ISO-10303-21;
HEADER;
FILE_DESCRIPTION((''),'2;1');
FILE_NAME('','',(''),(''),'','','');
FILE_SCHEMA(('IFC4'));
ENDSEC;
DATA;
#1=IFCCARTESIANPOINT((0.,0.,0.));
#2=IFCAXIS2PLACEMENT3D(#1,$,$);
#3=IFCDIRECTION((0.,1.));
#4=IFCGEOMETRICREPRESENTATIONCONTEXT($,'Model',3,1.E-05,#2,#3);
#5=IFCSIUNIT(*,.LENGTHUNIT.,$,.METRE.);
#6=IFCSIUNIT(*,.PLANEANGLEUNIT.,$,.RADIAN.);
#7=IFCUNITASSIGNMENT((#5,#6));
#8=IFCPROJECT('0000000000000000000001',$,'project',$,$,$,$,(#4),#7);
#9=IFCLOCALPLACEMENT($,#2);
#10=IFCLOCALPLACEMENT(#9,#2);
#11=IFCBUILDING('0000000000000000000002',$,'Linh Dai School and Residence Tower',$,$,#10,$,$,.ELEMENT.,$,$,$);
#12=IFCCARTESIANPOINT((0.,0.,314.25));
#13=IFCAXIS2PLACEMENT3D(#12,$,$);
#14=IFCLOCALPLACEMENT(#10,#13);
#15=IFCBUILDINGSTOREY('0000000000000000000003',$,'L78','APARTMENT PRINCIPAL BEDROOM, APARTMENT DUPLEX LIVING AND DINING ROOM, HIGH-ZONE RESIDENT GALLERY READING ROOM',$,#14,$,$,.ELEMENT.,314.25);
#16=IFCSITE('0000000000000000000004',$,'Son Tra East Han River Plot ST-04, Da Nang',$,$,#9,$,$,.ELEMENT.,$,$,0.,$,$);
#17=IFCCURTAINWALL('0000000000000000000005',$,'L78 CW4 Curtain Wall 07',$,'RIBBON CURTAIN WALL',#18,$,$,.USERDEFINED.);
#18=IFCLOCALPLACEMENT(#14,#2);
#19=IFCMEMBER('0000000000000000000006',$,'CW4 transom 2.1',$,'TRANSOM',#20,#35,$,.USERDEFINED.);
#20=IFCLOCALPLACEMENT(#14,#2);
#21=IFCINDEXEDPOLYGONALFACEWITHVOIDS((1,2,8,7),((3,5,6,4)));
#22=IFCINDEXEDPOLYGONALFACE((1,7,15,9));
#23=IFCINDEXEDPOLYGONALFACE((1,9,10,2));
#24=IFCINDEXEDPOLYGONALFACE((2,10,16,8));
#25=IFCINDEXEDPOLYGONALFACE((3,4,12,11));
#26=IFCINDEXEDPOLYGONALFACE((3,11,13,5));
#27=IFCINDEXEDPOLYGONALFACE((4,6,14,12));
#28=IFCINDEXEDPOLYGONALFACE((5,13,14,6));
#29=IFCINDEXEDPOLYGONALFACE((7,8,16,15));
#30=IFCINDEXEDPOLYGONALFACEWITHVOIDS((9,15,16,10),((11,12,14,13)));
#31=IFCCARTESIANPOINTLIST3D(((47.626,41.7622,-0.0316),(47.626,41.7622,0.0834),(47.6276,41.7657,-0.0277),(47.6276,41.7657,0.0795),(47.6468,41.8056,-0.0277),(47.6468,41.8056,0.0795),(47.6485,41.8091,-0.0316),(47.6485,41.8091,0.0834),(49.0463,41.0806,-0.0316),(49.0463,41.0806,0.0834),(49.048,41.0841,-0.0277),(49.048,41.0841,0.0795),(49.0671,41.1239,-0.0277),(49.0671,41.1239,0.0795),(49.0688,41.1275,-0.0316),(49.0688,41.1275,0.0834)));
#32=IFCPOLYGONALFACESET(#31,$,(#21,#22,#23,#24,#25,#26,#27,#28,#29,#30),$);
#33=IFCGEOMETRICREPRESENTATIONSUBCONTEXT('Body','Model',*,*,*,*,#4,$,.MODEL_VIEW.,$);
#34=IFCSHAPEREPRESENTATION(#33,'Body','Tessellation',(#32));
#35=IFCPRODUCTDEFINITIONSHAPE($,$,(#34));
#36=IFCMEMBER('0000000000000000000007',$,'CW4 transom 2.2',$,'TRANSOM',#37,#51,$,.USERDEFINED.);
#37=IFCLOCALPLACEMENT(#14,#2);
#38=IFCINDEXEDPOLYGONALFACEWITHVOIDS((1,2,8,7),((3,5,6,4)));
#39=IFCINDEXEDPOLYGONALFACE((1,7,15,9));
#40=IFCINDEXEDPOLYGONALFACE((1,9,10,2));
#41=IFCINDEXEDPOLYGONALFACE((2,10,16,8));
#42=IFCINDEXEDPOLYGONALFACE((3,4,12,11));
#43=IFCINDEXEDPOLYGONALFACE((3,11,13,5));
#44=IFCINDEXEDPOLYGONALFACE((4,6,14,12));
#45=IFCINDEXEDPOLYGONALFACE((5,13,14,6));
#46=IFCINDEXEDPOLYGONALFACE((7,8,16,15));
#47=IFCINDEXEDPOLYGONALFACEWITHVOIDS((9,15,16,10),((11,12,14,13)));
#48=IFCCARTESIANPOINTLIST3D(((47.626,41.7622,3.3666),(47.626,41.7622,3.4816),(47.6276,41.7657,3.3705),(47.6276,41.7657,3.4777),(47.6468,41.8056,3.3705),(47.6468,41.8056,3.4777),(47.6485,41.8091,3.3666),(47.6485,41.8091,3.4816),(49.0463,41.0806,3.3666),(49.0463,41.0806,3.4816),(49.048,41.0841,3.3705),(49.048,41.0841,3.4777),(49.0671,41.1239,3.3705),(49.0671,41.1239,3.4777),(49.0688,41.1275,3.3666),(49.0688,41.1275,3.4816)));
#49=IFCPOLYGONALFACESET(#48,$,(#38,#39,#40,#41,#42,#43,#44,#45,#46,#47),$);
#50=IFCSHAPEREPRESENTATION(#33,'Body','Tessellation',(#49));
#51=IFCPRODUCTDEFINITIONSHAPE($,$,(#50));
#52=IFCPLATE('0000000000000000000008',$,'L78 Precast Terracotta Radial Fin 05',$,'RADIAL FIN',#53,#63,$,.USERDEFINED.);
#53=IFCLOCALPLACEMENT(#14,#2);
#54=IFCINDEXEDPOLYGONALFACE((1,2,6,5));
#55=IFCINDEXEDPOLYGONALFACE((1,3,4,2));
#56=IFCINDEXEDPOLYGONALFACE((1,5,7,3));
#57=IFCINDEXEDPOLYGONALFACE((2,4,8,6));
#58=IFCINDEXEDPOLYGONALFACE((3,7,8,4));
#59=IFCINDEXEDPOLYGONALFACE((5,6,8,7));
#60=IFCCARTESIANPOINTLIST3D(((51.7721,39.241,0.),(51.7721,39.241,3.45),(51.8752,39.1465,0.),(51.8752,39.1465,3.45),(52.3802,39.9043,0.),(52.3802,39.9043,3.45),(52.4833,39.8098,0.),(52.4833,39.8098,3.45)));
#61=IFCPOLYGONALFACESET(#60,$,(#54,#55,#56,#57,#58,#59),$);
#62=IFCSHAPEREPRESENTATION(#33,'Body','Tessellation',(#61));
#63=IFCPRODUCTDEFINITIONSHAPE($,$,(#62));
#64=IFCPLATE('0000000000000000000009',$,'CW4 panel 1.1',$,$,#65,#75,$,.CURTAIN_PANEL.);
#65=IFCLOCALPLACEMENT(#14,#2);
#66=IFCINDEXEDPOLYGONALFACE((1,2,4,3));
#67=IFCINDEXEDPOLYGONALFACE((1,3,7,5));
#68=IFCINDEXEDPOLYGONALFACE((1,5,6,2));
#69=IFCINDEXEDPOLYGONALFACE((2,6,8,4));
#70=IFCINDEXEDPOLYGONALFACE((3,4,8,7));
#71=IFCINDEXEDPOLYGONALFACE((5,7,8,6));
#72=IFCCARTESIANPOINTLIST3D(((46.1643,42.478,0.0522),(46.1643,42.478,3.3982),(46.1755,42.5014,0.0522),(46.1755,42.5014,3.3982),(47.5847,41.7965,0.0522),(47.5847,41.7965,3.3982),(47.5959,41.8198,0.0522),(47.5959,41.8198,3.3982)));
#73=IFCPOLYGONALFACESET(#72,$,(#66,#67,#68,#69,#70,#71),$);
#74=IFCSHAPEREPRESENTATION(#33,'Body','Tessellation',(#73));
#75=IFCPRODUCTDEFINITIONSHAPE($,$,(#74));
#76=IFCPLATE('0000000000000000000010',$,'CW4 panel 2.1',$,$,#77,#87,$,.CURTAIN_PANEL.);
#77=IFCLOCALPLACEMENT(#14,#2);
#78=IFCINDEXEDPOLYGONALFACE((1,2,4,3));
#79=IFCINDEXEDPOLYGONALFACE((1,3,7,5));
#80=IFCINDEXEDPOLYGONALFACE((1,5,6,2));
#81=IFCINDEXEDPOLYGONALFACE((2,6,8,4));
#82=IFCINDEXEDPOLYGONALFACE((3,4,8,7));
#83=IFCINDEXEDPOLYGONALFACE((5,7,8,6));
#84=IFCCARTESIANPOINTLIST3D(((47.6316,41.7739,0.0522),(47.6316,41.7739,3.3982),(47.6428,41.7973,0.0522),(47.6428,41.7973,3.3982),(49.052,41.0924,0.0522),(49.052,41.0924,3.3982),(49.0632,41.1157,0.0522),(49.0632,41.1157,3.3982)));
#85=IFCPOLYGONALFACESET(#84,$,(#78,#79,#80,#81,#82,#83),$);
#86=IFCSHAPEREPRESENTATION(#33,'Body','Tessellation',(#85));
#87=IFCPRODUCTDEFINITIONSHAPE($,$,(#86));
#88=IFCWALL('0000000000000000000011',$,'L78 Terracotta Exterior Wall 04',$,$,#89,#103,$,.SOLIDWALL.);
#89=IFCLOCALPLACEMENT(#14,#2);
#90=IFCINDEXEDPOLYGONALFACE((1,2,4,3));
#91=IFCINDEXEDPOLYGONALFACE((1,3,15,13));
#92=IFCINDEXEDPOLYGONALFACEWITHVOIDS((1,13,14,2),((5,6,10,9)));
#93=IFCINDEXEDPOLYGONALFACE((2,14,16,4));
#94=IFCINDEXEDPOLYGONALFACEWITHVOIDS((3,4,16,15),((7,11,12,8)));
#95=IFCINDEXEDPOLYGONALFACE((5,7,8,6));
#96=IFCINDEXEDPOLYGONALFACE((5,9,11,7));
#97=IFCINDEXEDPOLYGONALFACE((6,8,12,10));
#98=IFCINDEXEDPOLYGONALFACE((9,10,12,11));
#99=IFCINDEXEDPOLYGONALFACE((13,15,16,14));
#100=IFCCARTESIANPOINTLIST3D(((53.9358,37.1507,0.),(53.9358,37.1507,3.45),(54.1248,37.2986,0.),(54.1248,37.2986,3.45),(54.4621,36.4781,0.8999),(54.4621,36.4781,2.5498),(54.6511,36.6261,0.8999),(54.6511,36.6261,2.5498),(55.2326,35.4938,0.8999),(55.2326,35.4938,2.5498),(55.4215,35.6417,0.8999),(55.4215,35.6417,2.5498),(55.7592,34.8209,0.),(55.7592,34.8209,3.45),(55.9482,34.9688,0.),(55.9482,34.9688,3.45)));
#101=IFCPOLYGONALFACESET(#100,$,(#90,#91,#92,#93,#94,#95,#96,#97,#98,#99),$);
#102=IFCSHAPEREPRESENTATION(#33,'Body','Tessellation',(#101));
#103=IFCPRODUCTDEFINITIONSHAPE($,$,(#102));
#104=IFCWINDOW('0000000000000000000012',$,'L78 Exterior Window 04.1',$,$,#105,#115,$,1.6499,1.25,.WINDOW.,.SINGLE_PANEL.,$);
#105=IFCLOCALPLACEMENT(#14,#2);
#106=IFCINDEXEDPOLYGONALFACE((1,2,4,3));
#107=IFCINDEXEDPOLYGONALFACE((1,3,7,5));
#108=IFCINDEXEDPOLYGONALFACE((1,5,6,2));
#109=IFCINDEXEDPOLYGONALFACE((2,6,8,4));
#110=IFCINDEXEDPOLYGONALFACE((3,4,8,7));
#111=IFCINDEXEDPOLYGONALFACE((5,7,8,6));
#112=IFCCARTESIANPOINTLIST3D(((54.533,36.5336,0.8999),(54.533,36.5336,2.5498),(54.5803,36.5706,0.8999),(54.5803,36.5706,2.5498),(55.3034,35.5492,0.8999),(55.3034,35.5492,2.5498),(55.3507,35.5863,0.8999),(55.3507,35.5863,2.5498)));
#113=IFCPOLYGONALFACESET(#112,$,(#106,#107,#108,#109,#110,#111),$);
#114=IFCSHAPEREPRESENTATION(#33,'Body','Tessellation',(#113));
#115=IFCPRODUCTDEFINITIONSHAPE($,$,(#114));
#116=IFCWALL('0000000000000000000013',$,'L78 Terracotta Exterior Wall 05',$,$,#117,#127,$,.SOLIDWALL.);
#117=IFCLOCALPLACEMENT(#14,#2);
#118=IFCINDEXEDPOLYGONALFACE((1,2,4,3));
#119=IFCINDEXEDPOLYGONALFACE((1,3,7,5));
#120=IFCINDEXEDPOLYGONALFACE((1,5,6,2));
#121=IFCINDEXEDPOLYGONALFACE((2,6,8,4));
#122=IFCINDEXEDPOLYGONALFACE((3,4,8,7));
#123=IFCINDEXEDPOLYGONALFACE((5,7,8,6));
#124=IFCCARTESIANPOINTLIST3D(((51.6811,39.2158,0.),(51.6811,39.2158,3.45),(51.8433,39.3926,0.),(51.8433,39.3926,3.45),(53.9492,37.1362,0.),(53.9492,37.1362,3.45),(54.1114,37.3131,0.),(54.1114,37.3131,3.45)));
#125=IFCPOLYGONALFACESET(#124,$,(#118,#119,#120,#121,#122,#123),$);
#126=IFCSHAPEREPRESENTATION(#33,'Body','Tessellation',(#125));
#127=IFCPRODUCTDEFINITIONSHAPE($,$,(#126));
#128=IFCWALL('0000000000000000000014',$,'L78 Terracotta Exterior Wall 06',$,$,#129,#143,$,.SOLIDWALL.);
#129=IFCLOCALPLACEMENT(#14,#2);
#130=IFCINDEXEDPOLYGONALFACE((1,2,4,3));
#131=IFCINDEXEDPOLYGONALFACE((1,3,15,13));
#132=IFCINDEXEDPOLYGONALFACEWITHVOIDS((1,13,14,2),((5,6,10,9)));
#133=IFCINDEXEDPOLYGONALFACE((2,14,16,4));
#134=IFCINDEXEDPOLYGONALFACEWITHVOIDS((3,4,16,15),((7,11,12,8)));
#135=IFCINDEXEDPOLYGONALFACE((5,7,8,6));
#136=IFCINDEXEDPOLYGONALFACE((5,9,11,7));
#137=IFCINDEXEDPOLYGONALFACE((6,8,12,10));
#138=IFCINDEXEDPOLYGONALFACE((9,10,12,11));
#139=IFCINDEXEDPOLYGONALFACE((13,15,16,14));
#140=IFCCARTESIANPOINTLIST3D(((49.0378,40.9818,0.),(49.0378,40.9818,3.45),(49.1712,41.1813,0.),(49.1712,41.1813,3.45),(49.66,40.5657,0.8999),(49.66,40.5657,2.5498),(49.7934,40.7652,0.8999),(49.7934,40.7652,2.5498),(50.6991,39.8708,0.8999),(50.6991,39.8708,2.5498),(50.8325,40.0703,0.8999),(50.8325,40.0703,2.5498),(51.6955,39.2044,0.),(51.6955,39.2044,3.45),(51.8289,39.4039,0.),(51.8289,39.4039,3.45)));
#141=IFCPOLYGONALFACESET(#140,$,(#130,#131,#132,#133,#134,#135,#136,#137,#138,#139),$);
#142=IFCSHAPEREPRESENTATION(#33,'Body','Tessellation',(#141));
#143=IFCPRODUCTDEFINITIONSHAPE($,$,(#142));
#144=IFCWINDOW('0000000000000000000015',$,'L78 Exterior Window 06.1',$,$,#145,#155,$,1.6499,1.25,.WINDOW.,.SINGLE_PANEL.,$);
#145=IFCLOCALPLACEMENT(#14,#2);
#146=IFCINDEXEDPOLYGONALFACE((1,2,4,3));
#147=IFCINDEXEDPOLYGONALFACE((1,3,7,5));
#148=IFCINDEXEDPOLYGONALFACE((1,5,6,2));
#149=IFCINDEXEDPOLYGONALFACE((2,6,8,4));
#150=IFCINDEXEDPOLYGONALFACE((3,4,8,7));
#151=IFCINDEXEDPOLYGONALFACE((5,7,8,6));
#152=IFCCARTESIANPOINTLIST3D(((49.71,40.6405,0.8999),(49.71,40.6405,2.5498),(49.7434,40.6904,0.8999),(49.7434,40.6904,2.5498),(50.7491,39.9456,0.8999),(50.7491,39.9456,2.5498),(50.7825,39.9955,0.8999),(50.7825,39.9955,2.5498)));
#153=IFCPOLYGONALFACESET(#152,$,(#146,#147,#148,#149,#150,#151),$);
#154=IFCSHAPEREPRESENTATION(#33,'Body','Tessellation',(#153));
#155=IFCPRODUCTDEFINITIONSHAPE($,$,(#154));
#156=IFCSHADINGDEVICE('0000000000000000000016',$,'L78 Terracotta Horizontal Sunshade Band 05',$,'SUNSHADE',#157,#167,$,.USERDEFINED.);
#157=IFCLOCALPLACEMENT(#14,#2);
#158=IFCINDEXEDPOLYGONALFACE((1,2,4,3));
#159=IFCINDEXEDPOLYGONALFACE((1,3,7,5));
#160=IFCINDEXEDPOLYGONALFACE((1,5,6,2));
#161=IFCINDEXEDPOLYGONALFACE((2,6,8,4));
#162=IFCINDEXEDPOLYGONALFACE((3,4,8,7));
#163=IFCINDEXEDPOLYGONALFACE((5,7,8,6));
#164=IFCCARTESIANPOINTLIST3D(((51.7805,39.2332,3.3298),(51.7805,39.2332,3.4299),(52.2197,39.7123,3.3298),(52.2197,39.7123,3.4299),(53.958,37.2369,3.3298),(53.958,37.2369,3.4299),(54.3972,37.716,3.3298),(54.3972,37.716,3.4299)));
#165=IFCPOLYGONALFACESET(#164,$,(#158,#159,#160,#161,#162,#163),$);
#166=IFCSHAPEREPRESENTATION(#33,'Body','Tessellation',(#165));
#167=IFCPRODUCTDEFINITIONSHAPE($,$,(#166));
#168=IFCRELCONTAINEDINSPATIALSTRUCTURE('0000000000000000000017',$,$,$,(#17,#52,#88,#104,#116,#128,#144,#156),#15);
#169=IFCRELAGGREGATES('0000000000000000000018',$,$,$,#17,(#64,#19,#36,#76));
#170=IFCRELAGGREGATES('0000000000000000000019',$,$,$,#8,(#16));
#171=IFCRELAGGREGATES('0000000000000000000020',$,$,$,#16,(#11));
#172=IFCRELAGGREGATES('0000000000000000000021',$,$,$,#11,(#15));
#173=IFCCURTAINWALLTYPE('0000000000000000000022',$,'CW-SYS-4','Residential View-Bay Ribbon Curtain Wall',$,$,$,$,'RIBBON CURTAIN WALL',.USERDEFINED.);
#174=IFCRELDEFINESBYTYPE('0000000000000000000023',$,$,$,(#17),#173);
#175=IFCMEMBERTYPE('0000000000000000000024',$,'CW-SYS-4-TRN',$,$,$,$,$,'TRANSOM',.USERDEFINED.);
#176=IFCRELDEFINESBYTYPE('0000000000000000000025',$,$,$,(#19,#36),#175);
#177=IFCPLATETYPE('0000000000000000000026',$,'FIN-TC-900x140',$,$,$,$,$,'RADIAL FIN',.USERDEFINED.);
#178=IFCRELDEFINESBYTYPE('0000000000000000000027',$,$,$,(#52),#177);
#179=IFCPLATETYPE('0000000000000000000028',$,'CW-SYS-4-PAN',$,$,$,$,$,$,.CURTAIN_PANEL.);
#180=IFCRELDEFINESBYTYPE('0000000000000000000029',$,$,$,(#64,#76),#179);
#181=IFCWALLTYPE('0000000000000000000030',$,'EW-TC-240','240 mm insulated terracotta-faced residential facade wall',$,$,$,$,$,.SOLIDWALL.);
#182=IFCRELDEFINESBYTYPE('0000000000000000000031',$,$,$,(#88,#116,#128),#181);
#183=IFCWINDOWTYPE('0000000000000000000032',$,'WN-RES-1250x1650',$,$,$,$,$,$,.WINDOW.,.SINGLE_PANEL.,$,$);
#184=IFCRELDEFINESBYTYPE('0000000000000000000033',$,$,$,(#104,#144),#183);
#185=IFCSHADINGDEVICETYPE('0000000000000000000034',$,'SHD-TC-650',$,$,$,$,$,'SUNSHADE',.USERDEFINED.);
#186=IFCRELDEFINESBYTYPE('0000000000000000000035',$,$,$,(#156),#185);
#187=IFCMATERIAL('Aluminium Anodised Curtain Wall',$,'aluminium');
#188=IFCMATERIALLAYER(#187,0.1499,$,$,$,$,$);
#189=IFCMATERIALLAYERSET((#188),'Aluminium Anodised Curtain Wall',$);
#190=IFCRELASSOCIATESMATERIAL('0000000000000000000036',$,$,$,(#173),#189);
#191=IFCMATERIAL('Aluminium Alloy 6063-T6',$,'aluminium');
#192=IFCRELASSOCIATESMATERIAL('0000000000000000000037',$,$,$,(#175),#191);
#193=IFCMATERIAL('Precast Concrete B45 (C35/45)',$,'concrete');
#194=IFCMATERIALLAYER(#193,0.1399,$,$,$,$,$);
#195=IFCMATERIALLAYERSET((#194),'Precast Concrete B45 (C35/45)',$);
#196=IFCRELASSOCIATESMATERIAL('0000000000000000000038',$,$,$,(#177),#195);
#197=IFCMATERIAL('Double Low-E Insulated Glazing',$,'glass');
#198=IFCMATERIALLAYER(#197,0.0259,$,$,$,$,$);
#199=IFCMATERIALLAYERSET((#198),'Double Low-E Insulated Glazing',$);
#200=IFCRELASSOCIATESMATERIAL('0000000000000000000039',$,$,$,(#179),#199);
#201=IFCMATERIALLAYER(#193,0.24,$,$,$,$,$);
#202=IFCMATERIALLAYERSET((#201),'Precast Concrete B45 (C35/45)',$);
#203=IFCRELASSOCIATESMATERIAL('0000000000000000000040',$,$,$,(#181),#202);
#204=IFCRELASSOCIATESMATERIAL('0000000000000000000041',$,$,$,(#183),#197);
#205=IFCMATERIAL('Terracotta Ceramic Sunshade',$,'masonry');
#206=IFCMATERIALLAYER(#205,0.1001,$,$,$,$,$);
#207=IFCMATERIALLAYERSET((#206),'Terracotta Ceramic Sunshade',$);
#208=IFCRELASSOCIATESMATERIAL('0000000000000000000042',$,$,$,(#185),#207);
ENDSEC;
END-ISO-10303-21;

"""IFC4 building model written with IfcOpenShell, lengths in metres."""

from ifc_helpers import new_model, si_unit, direction, frame, frame_2d, origin, origin_2d, place, context, subcontext, project, spatial, rectangle, hollow_rectangle, extrude, source, transform, mapped, material, layer, layer_set, material_profile, profile_set, type_object, element, fill, aggregate, save


model = new_model("IFC4")

# Units and contexts
model_context = context("Model", 3, precision=1e-05, world=origin(), true_north=direction((0.0, 1.0)))
body_context = subcontext(model_context, "Body", "Model", "MODEL_VIEW")
ifc_project = project(units=[si_unit("LENGTHUNIT", "METRE"), si_unit("PLANEANGLEUNIT", "RADIAN")], contexts=[model_context])

# Site, building, storey
site_placement = place(None, origin())
site = spatial("IfcSite", under=ifc_project, at=site_placement, Name="Son Tra East Han River Plot ST-04, Da Nang", CompositionType="ELEMENT", RefElevation=0.0)
building_placement = place(site_placement, origin())
building = spatial("IfcBuilding", under=site, at=building_placement, Name="Linh Dai School and Residence Tower", CompositionType="ELEMENT")
storey_placement = place(building_placement, frame((0.0, 0.0, 314.25)))
storey = spatial("IfcBuildingStorey", under=building, at=storey_placement, Name="L78", Description="APARTMENT PRINCIPAL BEDROOM, APARTMENT DUPLEX LIVING AND DINING ROOM, HIGH-ZONE RESIDENT GALLERY READING ROOM", CompositionType="ELEMENT", Elevation=314.25)

# Curtain wall, members
ifc_material_1 = material(Name="Aluminium Anodised Curtain Wall", Category="aluminium")
ifc_layer_1 = layer(ifc_material_1, 0.1499)
ifc_layer_set_1 = layer_set([ifc_layer_1], Name="Aluminium Anodised Curtain Wall")
curtain_wall_type = type_object("IfcCurtainWallType", Name="CW-SYS-4", Description="Residential View-Bay Ribbon Curtain Wall", ElementType="RIBBON CURTAIN WALL", PredefinedType="USERDEFINED", material=ifc_layer_set_1)
curtain_wall_placement = place(storey_placement, origin())
curtain_wall = element("IfcCurtainWall", 1, at=curtain_wall_placement, inside=storey, type_object=curtain_wall_type, Name="L78 CW4 Curtain Wall 07", ObjectType="RIBBON CURTAIN WALL", PredefinedType="USERDEFINED")
ifc_material_2 = material(Name="Aluminium Alloy 6063-T6", Category="aluminium")
ifc_material_profile_1 = material_profile(ifc_material_2, hollow_rectangle(XDim=0.052, YDim=0.115, WallThickness=0.0039, at=origin_2d()), Name="RHS 115x52x4")
ifc_profile_set_1 = profile_set([ifc_material_profile_1], Name="Aluminium Alloy 6063-T6")
member_type_1 = type_object("IfcMemberType", Name="CW-SYS-4-TRN", ElementType="TRANSOM", PredefinedType="USERDEFINED", material=ifc_profile_set_1)
shared_shape_1 = source(origin(), body_context, "Body", "SweptSolid", [
    extrude(hollow_rectangle(XDim=0.052, YDim=0.115, WallThickness=0.0039, at=origin_2d()), origin(), (0.0, 0.0, 1.0), 1.5754),
])
member_1_placement = place(storey_placement, frame((47.6372, 41.7856, 0.0259), z_axis=(0.901562, -0.43265, 0.0), x_axis=(0.43265, 0.901562, 0.0)))
member_1 = element("IfcMember", 2, at=member_1_placement, type_object=member_type_1, Name="CW4 transom 2.1", ObjectType="TRANSOM", PredefinedType="USERDEFINED", context=body_context, shape_type="MappedRepresentation", body=[
    mapped(shared_shape_1, transform((0.0, 0.0, 0.0), x_axis=(1.0, 0.0, 0.0), y_axis=(0.0, 1.0, 0.0), z_axis=(0.0, 0.0, 1.0), scale=1.0)),
])
member_2_placement = place(storey_placement, frame((47.6372, 41.7856, 3.4241), z_axis=(0.901562, -0.43265, 0.0), x_axis=(0.43265, 0.901562, 0.0)))
member_2 = element("IfcMember", 3, at=member_2_placement, type_object=member_type_1, Name="CW4 transom 2.2", ObjectType="TRANSOM", PredefinedType="USERDEFINED", context=body_context, shape_type="MappedRepresentation", body=[
    mapped(shared_shape_1, transform((0.0, 0.0, 0.0), x_axis=(1.0, 0.0, 0.0), y_axis=(0.0, 1.0, 0.0), z_axis=(0.0, 0.0, 1.0), scale=1.0)),
])

# Plates
ifc_material_3 = material(Name="Precast Concrete B45 (C35/45)", Category="concrete")
ifc_layer_2 = layer(ifc_material_3, 0.1399)
ifc_layer_set_2 = layer_set([ifc_layer_2], Name="Precast Concrete B45 (C35/45)")
plate_type_1 = type_object("IfcPlateType", Name="FIN-TC-900x140", ElementType="RADIAL FIN", PredefinedType="USERDEFINED", material=ifc_layer_set_2)
shared_shape_2 = source(origin(), body_context, "Body", "SweptSolid", [
    extrude(rectangle(XDim=0.8999, YDim=0.1399, at=origin_2d()), origin(), (0.0, 0.0, 1.0), 3.45),
])
plate_1_placement = place(storey_placement, frame((52.1277, 39.5254, 0.0), z_axis=(0.0, 0.0, 1.0), x_axis=(0.675777, 0.737106, 0.0)))
element("IfcPlate", 4, at=plate_1_placement, inside=storey, type_object=plate_type_1, Name="L78 Precast Terracotta Radial Fin 05", ObjectType="RADIAL FIN", PredefinedType="USERDEFINED", context=body_context, shape_type="MappedRepresentation", body=[
    mapped(shared_shape_2, transform((0.0, 0.0, 0.0), x_axis=(1.0, 0.0, 0.0), y_axis=(0.0, 1.0, 0.0), z_axis=(0.0, 0.0, 1.0), scale=1.0)),
])
ifc_material_4 = material(Name="Double Low-E Insulated Glazing", Category="glass")
ifc_layer_3 = layer(ifc_material_4, 0.0259)
ifc_layer_set_3 = layer_set([ifc_layer_3], Name="Double Low-E Insulated Glazing")
plate_type_2 = type_object("IfcPlateType", Name="CW-SYS-4-PAN", PredefinedType="CURTAIN_PANEL", material=ifc_layer_set_3)
shared_shape_3 = source(origin(), body_context, "Body", "SweptSolid", [
    extrude(rectangle(XDim=1.5754, YDim=0.0259, at=origin_2d()), origin(), (0.0, 0.0, 1.0), 3.3459),
])
plate_2_placement = place(storey_placement, frame((46.8801, 42.1489, 0.0522), z_axis=(0.0, 0.0, 1.0), x_axis=(0.90158, -0.432612, 0.0)))
plate_2 = element("IfcPlate", 5, at=plate_2_placement, type_object=plate_type_2, Name="CW4 panel 1.1", PredefinedType="CURTAIN_PANEL", context=body_context, shape_type="MappedRepresentation", body=[
    mapped(shared_shape_3, transform((0.0, 0.0, 0.0), x_axis=(1.0, 0.0, 0.0), y_axis=(0.0, 1.0, 0.0), z_axis=(0.0, 0.0, 1.0), scale=1.0)),
])
plate_3_placement = place(storey_placement, frame((48.3474, 41.4448, 0.0522), z_axis=(0.0, 0.0, 1.0), x_axis=(0.90158, -0.432612, 0.0)))
plate_3 = element("IfcPlate", 6, at=plate_3_placement, type_object=plate_type_2, Name="CW4 panel 2.1", PredefinedType="CURTAIN_PANEL", context=body_context, shape_type="MappedRepresentation", body=[
    mapped(shared_shape_3, transform((0.0, 0.0, 0.0), x_axis=(1.0, 0.0, 0.0), y_axis=(0.0, 1.0, 0.0), z_axis=(0.0, 0.0, 1.0), scale=1.0)),
])
aggregate(curtain_wall, [plate_2, member_1, member_2, plate_3])

# Wall, opening, window
ifc_layer_4 = layer(ifc_material_3, 0.24)
ifc_layer_set_4 = layer_set([ifc_layer_4], Name="Precast Concrete B45 (C35/45)")
wall_type = type_object("IfcWallType", Name="EW-TC-240", Description="240 mm insulated terracotta-faced residential facade wall", PredefinedType="SOLIDWALL", material=ifc_layer_set_4)
wall_1_placement = place(storey_placement, frame((54.0303, 37.2246, 0.0), z_axis=(0.0, 0.0, 1.0), x_axis=(0.616337, -0.787482, 0.0)))
wall_1 = element("IfcWall", 7, at=wall_1_placement, inside=storey, type_object=wall_type, Name="L78 Terracotta Exterior Wall 04", PredefinedType="SOLIDWALL", context=body_context, shape_type="SweptSolid", body=[
    extrude(rectangle(XDim=2.9585, YDim=0.24, at=frame_2d((1.4792, 0.0))), origin(), (0.0, 0.0, 1.0), 3.45),
])
opening_1_placement = place(wall_1_placement, frame((0.854, 0.0, 0.8999)))
opening_1 = element("IfcOpeningElement", 8, at=opening_1_placement, cuts=wall_1, PredefinedType="OPENING", context=body_context, shape_type="SweptSolid", body=[
    extrude(rectangle(XDim=1.25, YDim=1.6499, at=origin_2d()), frame((0.625, 0.1299, 0.825), z_axis=(0.0, -1.0, 0.0), x_axis=(1.0, 0.0, 0.0)), (0.0, 0.0, 1.0), 0.26),
])
window_type = type_object("IfcWindowType", Name="WN-RES-1250x1650", PartitioningType="SINGLE_PANEL", PredefinedType="WINDOW", material=ifc_material_4)
shared_shape_4 = source(origin(), body_context, "Body", "SweptSolid", [
    extrude(rectangle(XDim=1.25, YDim=1.6499, at=origin_2d()), frame((0.625, 0.03, 0.825), z_axis=(0.0, -1.0, 0.0), x_axis=(1.0, 0.0, 0.0)), (0.0, 0.0, 1.0), 0.0601),
])
window_1_placement = place(opening_1_placement, origin())
window_1 = element("IfcWindow", 9, at=window_1_placement, inside=storey, type_object=window_type, Name="L78 Exterior Window 04.1", OverallHeight=1.6499, OverallWidth=1.25, PartitioningType="SINGLE_PANEL", PredefinedType="WINDOW", context=body_context, shape_type="MappedRepresentation", body=[
    mapped(shared_shape_4, transform((0.0, 0.0, 0.0), x_axis=(1.0, 0.0, 0.0), y_axis=(0.0, 1.0, 0.0), z_axis=(0.0, 0.0, 1.0), scale=1.0)),
])
fill(opening_1, window_1)

# Wall
wall_2_placement = place(storey_placement, frame((51.7622, 39.3042, 0.0), z_axis=(0.0, 0.0, 1.0), x_axis=(0.737069, -0.675818, 0.0)))
element("IfcWall", 10, at=wall_2_placement, inside=storey, type_object=wall_type, Name="L78 Terracotta Exterior Wall 05", PredefinedType="SOLIDWALL", context=body_context, shape_type="SweptSolid", body=[
    extrude(rectangle(XDim=3.0771, YDim=0.24, at=frame_2d((1.5386, 0.0))), origin(), (0.0, 0.0, 1.0), 3.45),
])

# Wall, opening, window
wall_3_placement = place(storey_placement, frame((49.1045, 41.0815, 0.0), z_axis=(0.0, 0.0, 1.0), x_axis=(0.831251, -0.555898, 0.0)))
wall_3 = element("IfcWall", 11, at=wall_3_placement, inside=storey, type_object=wall_type, Name="L78 Terracotta Exterior Wall 06", PredefinedType="SOLIDWALL", context=body_context, shape_type="SweptSolid", body=[
    extrude(rectangle(XDim=3.1973, YDim=0.24, at=frame_2d((1.5986, 0.0))), origin(), (0.0, 0.0, 1.0), 3.45),
])
opening_2_placement = place(wall_3_placement, frame((0.7485, 0.0, 0.8999)))
opening_2 = element("IfcOpeningElement", 12, at=opening_2_placement, cuts=wall_3, PredefinedType="OPENING", context=body_context, shape_type="SweptSolid", body=[
    extrude(rectangle(XDim=1.25, YDim=1.6499, at=origin_2d()), frame((0.625, 0.1299, 0.825), z_axis=(0.0, -1.0, 0.0), x_axis=(1.0, 0.0, 0.0)), (0.0, 0.0, 1.0), 0.26),
])
window_2_placement = place(opening_2_placement, origin())
window_2 = element("IfcWindow", 13, at=window_2_placement, inside=storey, type_object=window_type, Name="L78 Exterior Window 06.1", OverallHeight=1.6499, OverallWidth=1.25, PartitioningType="SINGLE_PANEL", PredefinedType="WINDOW", context=body_context, shape_type="MappedRepresentation", body=[
    mapped(shared_shape_4, transform((0.0, 0.0, 0.0), x_axis=(1.0, 0.0, 0.0), y_axis=(0.0, 1.0, 0.0), z_axis=(0.0, 0.0, 1.0), scale=1.0)),
])
fill(opening_2, window_2)

# Shading device
ifc_material_5 = material(Name="Terracotta Ceramic Sunshade", Category="masonry")
ifc_layer_5 = layer(ifc_material_5, 0.1001)
ifc_layer_set_5 = layer_set([ifc_layer_5], Name="Terracotta Ceramic Sunshade")
shading_device_type = type_object("IfcShadingDeviceType", Name="SHD-TC-650", ElementType="SUNSHADE", PredefinedType="USERDEFINED", material=ifc_layer_set_5)
shared_shape_5 = source(origin(), body_context, "Body", "SweptSolid", [
    extrude(rectangle(XDim=2.9541, YDim=0.6499, at=origin_2d()), origin(), (0.0, 0.0, 1.0), 0.1001),
])
shading_device_placement = place(storey_placement, frame((53.0889, 38.4746, 3.3298), z_axis=(0.0, 0.0, 1.0), x_axis=(0.737106, -0.675777, 0.0)))
element("IfcShadingDevice", 14, at=shading_device_placement, inside=storey, type_object=shading_device_type, Name="L78 Terracotta Horizontal Sunshade Band 05", ObjectType="SUNSHADE", PredefinedType="USERDEFINED", context=body_context, shape_type="MappedRepresentation", body=[
    mapped(shared_shape_5, transform((0.0, 0.0, 0.0), x_axis=(1.0, 0.0, 0.0), y_axis=(0.0, 1.0, 0.0), z_axis=(0.0, 0.0, 1.0), scale=1.0)),
])

save(model, "model.ifc")
